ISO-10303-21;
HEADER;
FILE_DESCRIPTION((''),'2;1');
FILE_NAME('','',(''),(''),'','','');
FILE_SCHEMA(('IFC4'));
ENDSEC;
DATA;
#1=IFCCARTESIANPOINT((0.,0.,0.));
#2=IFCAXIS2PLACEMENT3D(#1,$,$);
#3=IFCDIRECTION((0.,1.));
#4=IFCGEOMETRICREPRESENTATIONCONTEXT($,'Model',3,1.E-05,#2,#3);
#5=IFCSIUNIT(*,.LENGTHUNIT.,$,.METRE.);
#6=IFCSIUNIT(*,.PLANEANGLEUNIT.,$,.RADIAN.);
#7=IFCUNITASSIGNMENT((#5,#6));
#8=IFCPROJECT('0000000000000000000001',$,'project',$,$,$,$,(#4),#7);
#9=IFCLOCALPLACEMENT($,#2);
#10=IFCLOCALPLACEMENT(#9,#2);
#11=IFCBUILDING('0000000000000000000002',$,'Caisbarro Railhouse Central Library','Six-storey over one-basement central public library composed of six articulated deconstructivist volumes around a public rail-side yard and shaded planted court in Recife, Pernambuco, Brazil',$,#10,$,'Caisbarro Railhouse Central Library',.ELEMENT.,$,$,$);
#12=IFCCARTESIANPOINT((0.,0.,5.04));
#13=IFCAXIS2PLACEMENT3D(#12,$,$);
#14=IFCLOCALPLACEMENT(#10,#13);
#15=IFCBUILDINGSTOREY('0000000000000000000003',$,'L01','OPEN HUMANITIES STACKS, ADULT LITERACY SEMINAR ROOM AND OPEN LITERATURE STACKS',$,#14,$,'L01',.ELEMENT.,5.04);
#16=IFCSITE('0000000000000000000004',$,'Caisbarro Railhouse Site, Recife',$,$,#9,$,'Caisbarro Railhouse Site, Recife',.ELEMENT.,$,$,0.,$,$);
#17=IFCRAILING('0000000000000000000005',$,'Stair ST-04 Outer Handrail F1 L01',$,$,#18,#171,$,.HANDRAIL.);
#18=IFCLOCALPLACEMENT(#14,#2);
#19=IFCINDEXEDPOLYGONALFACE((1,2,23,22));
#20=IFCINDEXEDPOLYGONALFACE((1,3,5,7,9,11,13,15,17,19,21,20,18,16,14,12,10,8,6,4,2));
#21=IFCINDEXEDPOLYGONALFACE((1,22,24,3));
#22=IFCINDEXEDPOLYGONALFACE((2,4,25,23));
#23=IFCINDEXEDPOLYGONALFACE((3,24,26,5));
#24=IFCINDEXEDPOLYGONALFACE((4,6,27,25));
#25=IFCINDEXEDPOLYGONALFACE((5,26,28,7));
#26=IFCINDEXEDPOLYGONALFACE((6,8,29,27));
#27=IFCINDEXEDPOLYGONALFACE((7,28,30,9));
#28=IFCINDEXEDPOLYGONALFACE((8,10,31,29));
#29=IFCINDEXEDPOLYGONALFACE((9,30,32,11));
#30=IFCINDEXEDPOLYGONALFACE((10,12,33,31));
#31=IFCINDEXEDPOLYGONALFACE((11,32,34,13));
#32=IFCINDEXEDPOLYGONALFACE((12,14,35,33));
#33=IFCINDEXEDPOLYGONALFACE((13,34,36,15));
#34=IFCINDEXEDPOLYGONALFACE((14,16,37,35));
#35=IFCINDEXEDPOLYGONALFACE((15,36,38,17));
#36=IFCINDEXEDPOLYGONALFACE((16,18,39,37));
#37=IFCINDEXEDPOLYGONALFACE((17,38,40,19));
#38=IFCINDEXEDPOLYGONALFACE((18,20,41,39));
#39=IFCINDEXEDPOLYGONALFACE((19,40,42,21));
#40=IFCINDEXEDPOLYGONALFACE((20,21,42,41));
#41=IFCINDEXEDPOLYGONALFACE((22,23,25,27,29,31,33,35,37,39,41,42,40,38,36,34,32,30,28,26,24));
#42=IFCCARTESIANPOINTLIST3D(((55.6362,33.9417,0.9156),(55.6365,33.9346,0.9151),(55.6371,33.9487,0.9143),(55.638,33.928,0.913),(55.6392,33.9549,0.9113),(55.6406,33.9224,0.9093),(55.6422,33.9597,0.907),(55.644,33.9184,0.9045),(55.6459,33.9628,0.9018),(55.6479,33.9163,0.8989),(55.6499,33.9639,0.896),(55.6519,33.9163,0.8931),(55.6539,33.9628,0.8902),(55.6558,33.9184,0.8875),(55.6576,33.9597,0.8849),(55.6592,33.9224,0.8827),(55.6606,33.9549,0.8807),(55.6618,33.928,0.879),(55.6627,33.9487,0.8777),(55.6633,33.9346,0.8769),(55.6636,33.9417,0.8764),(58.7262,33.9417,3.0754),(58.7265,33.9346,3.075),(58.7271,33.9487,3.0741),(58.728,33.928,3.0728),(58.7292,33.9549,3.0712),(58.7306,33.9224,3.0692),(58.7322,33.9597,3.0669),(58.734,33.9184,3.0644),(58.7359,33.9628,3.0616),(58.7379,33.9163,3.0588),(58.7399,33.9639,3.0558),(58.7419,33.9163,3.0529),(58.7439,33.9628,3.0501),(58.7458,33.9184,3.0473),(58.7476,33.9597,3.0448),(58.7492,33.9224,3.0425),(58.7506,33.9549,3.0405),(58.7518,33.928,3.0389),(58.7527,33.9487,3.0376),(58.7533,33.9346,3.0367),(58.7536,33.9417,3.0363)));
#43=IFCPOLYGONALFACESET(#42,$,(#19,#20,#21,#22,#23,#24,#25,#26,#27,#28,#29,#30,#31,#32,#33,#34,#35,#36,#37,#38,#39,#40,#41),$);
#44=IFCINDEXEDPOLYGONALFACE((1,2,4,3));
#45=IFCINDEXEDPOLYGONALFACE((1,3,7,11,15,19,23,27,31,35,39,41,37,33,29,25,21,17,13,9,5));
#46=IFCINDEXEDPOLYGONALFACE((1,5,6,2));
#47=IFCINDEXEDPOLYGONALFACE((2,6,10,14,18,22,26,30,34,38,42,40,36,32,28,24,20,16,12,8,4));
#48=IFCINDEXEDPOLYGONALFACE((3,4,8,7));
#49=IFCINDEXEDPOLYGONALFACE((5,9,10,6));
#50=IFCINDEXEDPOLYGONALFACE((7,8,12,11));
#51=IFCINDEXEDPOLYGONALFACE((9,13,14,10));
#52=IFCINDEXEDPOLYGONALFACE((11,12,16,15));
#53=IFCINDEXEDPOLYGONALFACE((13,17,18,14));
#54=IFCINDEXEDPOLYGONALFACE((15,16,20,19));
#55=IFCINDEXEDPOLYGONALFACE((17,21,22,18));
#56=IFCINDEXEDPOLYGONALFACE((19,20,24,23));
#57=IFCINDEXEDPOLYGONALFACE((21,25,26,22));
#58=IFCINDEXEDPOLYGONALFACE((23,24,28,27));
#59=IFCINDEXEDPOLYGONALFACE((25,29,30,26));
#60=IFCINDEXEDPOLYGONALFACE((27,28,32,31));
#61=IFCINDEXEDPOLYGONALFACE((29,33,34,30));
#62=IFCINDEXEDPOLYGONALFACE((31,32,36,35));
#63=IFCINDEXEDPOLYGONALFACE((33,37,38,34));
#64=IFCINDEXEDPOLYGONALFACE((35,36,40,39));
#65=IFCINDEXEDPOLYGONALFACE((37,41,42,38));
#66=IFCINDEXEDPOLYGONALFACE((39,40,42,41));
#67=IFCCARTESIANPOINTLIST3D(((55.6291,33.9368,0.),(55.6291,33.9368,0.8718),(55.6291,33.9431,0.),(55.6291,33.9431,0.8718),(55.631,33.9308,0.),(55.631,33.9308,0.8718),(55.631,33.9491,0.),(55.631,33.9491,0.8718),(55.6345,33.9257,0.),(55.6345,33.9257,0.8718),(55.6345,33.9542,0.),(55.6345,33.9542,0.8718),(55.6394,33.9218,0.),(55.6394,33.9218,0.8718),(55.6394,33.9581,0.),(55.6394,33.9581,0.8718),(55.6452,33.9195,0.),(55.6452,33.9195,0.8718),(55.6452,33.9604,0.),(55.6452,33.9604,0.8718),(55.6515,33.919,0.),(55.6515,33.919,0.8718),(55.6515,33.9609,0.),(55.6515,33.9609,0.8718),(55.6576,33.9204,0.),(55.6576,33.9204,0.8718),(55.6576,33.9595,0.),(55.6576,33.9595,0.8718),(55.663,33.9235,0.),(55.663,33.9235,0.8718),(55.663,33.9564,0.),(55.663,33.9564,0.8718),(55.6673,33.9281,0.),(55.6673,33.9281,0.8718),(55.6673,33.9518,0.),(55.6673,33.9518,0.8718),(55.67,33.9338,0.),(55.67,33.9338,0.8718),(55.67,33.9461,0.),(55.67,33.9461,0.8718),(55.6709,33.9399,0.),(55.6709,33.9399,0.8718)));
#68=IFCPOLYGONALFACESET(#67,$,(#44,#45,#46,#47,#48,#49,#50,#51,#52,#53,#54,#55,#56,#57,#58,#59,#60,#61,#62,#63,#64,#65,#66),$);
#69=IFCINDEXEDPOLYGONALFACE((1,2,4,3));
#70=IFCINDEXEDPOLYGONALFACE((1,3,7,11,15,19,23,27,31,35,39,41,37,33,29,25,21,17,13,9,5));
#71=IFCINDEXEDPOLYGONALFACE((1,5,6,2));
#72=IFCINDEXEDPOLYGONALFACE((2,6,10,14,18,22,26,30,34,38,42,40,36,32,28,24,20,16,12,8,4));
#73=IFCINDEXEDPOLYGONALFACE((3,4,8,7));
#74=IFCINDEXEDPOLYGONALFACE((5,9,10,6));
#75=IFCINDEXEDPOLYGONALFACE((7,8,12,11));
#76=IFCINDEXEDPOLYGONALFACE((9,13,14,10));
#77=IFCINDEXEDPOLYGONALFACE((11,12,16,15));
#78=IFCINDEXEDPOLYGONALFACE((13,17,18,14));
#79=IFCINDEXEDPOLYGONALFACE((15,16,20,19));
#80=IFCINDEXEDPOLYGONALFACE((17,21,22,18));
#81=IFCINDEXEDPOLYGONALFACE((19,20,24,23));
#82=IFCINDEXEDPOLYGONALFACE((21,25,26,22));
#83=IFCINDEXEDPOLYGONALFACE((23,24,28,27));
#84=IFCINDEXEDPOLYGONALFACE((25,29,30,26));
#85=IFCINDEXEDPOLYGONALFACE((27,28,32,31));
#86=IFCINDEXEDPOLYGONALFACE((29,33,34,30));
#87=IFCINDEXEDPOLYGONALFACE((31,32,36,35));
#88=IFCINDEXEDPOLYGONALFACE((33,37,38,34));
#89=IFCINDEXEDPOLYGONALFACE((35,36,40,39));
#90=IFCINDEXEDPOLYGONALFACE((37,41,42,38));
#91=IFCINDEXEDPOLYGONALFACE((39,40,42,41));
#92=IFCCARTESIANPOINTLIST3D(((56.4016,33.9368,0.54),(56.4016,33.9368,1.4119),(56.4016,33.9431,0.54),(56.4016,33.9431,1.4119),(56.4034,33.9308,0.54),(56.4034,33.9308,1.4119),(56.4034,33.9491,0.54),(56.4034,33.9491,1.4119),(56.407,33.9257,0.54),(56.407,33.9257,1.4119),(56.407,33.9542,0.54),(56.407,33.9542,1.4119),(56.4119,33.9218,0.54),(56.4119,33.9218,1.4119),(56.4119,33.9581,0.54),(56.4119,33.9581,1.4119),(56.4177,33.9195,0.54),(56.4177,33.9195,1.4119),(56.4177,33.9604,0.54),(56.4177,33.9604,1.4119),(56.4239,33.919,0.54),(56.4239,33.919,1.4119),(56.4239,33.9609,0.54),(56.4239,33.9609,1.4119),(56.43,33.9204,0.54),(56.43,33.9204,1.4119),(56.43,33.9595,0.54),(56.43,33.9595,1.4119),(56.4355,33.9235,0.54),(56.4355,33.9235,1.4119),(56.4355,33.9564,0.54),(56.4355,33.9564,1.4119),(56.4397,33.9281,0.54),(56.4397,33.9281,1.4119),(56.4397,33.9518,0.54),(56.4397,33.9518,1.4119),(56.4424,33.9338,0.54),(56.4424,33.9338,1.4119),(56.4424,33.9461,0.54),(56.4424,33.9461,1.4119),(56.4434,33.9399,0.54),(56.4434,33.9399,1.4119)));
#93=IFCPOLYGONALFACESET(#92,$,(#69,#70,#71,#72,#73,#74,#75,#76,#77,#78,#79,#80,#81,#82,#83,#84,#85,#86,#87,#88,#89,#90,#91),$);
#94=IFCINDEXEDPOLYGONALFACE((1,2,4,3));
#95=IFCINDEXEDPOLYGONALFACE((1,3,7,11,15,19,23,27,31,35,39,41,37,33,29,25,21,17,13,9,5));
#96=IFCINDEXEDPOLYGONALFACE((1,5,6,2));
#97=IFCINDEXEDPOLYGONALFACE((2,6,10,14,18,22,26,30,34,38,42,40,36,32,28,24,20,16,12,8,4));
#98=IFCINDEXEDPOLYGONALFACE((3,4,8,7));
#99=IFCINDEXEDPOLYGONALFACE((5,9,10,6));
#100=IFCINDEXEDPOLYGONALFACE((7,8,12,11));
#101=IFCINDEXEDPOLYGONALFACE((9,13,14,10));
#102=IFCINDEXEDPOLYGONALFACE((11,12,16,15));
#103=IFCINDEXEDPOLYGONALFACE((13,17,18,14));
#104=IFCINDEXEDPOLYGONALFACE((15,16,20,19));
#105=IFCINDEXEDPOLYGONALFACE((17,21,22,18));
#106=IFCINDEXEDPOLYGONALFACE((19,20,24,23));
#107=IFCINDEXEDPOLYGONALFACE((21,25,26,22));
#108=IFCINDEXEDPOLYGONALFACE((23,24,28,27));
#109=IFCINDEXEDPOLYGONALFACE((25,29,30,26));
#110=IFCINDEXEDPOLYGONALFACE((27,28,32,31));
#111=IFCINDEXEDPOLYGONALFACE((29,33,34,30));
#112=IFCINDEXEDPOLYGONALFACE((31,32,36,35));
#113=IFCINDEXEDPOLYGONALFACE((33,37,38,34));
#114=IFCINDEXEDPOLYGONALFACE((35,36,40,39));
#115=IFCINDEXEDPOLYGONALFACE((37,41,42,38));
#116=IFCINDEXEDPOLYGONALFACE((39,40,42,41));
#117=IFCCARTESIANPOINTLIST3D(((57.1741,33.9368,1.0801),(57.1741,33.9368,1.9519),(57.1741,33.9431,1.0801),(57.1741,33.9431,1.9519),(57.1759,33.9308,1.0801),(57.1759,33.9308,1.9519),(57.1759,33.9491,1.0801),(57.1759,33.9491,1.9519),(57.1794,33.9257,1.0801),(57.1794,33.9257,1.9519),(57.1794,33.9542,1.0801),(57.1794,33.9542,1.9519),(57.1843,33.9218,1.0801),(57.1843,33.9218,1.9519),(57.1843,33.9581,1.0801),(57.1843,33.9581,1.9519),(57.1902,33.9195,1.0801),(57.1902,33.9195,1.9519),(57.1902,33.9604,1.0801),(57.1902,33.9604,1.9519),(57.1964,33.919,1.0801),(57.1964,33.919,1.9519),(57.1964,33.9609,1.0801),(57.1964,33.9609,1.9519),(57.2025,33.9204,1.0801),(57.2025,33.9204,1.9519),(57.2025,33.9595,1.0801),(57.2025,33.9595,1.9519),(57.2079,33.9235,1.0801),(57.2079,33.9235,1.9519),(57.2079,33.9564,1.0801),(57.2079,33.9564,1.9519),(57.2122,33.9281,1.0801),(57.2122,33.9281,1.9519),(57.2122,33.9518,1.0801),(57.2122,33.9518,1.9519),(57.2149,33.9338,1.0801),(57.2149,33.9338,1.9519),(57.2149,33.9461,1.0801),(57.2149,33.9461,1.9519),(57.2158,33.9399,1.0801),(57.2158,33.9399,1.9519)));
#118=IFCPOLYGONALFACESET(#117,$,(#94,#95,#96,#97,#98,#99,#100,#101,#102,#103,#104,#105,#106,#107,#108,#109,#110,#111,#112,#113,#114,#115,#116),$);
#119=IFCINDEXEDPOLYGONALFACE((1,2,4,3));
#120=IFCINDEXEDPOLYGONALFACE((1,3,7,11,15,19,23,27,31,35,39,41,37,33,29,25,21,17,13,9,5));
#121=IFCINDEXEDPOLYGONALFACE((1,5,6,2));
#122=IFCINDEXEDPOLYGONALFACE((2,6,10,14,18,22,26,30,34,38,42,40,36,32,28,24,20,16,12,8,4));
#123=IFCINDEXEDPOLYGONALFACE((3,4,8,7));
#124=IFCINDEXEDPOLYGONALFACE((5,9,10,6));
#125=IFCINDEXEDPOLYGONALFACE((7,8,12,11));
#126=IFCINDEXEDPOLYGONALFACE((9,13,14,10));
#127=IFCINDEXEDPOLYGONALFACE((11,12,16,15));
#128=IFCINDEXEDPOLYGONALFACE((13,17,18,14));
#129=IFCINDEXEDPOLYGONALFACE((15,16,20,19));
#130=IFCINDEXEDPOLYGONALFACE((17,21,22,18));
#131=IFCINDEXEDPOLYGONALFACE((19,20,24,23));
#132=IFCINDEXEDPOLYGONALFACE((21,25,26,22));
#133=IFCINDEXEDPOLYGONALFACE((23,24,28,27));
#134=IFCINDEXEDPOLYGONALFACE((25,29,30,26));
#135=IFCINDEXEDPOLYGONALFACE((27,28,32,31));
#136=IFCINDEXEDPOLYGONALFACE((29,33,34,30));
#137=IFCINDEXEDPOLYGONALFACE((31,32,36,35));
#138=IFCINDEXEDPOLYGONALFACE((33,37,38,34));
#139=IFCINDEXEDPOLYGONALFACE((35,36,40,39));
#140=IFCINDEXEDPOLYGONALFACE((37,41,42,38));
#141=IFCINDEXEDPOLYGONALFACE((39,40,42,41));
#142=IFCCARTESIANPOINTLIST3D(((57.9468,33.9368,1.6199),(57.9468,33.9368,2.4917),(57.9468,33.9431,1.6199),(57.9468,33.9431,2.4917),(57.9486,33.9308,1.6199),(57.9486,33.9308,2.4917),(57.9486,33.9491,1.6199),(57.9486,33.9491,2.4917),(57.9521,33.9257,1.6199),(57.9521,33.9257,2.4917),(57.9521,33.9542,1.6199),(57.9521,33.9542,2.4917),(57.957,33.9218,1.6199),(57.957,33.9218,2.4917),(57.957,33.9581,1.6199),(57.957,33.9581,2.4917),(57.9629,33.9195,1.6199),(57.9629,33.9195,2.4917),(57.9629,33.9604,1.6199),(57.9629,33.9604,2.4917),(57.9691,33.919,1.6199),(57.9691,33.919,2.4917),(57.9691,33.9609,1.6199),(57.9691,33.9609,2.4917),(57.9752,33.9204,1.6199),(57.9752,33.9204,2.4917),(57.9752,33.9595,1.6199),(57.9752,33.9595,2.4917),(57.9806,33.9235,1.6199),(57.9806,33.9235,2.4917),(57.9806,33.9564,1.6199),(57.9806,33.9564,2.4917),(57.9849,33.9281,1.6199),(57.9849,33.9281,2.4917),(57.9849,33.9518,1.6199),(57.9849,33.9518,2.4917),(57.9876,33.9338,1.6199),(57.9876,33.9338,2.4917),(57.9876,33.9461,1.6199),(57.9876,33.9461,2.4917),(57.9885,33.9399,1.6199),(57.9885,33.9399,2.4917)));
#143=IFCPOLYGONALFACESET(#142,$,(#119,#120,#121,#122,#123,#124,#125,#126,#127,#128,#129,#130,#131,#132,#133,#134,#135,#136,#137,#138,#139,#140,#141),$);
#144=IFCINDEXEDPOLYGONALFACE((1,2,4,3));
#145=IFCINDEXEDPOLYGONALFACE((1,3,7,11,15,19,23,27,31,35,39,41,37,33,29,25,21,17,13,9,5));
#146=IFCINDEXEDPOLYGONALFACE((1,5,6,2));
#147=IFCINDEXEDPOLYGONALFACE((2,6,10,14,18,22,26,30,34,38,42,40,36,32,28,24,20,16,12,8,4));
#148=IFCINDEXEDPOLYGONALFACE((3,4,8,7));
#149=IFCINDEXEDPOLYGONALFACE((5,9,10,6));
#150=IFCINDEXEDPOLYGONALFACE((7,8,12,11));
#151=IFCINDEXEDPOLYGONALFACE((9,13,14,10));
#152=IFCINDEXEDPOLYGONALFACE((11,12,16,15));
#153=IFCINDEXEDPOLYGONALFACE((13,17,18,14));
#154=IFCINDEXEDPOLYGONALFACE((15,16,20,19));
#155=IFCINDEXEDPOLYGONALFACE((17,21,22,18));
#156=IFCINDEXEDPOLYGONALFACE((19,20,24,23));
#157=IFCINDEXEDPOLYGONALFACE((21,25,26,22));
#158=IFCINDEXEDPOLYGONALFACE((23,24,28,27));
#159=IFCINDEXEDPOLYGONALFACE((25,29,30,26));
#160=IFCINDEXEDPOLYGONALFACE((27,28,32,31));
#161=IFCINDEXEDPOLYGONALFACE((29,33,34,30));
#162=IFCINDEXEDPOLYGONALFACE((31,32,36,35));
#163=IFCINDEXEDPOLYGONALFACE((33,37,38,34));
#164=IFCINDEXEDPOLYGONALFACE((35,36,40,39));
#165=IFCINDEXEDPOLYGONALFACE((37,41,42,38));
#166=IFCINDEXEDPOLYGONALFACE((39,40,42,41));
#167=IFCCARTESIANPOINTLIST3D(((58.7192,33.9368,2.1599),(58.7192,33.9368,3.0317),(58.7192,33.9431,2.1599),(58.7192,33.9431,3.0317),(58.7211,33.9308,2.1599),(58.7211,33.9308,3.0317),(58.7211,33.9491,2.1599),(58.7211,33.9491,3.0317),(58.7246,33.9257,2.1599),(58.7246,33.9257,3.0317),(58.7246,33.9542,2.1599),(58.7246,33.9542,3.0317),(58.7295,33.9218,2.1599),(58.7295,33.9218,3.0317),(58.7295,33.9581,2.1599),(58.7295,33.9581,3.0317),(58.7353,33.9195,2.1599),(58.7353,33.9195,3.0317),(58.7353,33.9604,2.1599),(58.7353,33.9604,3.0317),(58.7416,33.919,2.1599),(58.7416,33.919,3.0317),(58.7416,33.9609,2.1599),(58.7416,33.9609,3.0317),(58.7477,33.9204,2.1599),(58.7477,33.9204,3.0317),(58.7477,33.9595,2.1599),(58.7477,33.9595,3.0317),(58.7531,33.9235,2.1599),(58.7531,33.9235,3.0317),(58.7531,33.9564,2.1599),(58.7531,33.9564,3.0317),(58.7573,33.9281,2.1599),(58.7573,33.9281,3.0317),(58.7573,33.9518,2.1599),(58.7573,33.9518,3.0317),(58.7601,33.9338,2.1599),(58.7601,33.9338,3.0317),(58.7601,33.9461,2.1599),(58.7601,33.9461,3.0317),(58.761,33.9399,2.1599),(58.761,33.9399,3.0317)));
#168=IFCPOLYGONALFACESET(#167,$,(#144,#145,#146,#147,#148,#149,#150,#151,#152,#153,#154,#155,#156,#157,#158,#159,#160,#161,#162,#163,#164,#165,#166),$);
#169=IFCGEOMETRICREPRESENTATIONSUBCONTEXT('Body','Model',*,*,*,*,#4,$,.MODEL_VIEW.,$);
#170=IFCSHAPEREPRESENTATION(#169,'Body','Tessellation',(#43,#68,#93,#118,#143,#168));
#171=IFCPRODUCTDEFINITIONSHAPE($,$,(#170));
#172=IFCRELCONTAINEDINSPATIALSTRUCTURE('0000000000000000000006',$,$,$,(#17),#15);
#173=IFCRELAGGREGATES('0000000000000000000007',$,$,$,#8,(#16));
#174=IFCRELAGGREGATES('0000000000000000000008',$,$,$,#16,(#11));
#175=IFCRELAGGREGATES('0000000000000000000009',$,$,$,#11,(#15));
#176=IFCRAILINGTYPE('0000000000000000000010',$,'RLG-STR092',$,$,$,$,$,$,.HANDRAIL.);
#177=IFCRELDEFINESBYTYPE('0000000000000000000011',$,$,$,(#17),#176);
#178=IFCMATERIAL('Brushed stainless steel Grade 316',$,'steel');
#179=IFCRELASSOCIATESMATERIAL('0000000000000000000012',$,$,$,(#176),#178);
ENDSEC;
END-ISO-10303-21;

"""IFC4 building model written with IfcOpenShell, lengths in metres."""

from ifc_helpers import new_model, si_unit, direction, frame, origin, origin_2d, place, context, subcontext, project, spatial, circle, extrude, material, type_object, element, save


model = new_model("IFC4")

# Units and contexts
model_context = context("Model", 3, precision=1e-05, world=origin(), true_north=direction((0.0, 1.0)))
body_context = subcontext(model_context, "Body", "Model", "MODEL_VIEW")
ifc_project = project(units=[si_unit("LENGTHUNIT", "METRE"), si_unit("PLANEANGLEUNIT", "RADIAN")], contexts=[model_context])

# Site, building, storey
site_placement = place(None, origin())
site = spatial("IfcSite", under=ifc_project, at=site_placement, Name="Caisbarro Railhouse Site, Recife", LongName="Caisbarro Railhouse Site, Recife", CompositionType="ELEMENT", RefElevation=0.0)
building_placement = place(site_placement, origin())
building = spatial("IfcBuilding", under=site, at=building_placement, Name="Caisbarro Railhouse Central Library", Description="Six-storey over one-basement central public library composed of six articulated deconstructivist volumes around a public rail-side yard and shaded planted court in Recife, Pernambuco, Brazil", LongName="Caisbarro Railhouse Central Library", CompositionType="ELEMENT")
storey_placement = place(building_placement, frame((0.0, 0.0, 5.04)))
storey = spatial("IfcBuildingStorey", under=building, at=storey_placement, Name="L01", Description="OPEN HUMANITIES STACKS, ADULT LITERACY SEMINAR ROOM AND OPEN LITERATURE STACKS", LongName="L01", CompositionType="ELEMENT", Elevation=5.04)

# Railing
ifc_material_1 = material(Name="Brushed stainless steel Grade 316", Category="steel")
railing_type_1 = type_object("IfcRailingType", Name="RLG-STR092", PredefinedType="HANDRAIL", material=ifc_material_1)
railing_1_placement = place(storey_placement, frame((55.6499, 33.9399, 0.0)))
element("IfcRailing", 1, at=railing_1_placement, inside=storey, type_object=railing_type_1, Name="Stair ST-04 Outer Handrail F1 L01", PredefinedType="HANDRAIL", context=body_context, shape_type="SweptSolid", body=[
    extrude(circle(Radius=0.0239, at=origin_2d()), frame((0.0, 0.0, 0.896), z_axis=(0.819624, 0.0, 0.572902), x_axis=(0.0, 1.0, 0.0)), (0.0, 0.0, 1.0), 3.77),
    extrude(circle(Radius=0.021, at=origin_2d()), origin(), (0.0, 0.0, 1.0), 0.8718),
    extrude(circle(Radius=0.021, at=origin_2d()), frame((0.7725, 0.0, 0.54)), (0.0, 0.0, 1.0), 0.8718),
    extrude(circle(Radius=0.021, at=origin_2d()), frame((1.5449, 0.0, 1.0801)), (0.0, 0.0, 1.0), 0.8718),
    extrude(circle(Radius=0.021, at=origin_2d()), frame((2.3176, 0.0, 1.6199)), (0.0, 0.0, 1.0), 0.8718),
    extrude(circle(Radius=0.021, at=origin_2d()), frame((3.0901, 0.0, 2.1599)), (0.0, 0.0, 1.0), 0.8718),
])

save(model, "model.ifc")
